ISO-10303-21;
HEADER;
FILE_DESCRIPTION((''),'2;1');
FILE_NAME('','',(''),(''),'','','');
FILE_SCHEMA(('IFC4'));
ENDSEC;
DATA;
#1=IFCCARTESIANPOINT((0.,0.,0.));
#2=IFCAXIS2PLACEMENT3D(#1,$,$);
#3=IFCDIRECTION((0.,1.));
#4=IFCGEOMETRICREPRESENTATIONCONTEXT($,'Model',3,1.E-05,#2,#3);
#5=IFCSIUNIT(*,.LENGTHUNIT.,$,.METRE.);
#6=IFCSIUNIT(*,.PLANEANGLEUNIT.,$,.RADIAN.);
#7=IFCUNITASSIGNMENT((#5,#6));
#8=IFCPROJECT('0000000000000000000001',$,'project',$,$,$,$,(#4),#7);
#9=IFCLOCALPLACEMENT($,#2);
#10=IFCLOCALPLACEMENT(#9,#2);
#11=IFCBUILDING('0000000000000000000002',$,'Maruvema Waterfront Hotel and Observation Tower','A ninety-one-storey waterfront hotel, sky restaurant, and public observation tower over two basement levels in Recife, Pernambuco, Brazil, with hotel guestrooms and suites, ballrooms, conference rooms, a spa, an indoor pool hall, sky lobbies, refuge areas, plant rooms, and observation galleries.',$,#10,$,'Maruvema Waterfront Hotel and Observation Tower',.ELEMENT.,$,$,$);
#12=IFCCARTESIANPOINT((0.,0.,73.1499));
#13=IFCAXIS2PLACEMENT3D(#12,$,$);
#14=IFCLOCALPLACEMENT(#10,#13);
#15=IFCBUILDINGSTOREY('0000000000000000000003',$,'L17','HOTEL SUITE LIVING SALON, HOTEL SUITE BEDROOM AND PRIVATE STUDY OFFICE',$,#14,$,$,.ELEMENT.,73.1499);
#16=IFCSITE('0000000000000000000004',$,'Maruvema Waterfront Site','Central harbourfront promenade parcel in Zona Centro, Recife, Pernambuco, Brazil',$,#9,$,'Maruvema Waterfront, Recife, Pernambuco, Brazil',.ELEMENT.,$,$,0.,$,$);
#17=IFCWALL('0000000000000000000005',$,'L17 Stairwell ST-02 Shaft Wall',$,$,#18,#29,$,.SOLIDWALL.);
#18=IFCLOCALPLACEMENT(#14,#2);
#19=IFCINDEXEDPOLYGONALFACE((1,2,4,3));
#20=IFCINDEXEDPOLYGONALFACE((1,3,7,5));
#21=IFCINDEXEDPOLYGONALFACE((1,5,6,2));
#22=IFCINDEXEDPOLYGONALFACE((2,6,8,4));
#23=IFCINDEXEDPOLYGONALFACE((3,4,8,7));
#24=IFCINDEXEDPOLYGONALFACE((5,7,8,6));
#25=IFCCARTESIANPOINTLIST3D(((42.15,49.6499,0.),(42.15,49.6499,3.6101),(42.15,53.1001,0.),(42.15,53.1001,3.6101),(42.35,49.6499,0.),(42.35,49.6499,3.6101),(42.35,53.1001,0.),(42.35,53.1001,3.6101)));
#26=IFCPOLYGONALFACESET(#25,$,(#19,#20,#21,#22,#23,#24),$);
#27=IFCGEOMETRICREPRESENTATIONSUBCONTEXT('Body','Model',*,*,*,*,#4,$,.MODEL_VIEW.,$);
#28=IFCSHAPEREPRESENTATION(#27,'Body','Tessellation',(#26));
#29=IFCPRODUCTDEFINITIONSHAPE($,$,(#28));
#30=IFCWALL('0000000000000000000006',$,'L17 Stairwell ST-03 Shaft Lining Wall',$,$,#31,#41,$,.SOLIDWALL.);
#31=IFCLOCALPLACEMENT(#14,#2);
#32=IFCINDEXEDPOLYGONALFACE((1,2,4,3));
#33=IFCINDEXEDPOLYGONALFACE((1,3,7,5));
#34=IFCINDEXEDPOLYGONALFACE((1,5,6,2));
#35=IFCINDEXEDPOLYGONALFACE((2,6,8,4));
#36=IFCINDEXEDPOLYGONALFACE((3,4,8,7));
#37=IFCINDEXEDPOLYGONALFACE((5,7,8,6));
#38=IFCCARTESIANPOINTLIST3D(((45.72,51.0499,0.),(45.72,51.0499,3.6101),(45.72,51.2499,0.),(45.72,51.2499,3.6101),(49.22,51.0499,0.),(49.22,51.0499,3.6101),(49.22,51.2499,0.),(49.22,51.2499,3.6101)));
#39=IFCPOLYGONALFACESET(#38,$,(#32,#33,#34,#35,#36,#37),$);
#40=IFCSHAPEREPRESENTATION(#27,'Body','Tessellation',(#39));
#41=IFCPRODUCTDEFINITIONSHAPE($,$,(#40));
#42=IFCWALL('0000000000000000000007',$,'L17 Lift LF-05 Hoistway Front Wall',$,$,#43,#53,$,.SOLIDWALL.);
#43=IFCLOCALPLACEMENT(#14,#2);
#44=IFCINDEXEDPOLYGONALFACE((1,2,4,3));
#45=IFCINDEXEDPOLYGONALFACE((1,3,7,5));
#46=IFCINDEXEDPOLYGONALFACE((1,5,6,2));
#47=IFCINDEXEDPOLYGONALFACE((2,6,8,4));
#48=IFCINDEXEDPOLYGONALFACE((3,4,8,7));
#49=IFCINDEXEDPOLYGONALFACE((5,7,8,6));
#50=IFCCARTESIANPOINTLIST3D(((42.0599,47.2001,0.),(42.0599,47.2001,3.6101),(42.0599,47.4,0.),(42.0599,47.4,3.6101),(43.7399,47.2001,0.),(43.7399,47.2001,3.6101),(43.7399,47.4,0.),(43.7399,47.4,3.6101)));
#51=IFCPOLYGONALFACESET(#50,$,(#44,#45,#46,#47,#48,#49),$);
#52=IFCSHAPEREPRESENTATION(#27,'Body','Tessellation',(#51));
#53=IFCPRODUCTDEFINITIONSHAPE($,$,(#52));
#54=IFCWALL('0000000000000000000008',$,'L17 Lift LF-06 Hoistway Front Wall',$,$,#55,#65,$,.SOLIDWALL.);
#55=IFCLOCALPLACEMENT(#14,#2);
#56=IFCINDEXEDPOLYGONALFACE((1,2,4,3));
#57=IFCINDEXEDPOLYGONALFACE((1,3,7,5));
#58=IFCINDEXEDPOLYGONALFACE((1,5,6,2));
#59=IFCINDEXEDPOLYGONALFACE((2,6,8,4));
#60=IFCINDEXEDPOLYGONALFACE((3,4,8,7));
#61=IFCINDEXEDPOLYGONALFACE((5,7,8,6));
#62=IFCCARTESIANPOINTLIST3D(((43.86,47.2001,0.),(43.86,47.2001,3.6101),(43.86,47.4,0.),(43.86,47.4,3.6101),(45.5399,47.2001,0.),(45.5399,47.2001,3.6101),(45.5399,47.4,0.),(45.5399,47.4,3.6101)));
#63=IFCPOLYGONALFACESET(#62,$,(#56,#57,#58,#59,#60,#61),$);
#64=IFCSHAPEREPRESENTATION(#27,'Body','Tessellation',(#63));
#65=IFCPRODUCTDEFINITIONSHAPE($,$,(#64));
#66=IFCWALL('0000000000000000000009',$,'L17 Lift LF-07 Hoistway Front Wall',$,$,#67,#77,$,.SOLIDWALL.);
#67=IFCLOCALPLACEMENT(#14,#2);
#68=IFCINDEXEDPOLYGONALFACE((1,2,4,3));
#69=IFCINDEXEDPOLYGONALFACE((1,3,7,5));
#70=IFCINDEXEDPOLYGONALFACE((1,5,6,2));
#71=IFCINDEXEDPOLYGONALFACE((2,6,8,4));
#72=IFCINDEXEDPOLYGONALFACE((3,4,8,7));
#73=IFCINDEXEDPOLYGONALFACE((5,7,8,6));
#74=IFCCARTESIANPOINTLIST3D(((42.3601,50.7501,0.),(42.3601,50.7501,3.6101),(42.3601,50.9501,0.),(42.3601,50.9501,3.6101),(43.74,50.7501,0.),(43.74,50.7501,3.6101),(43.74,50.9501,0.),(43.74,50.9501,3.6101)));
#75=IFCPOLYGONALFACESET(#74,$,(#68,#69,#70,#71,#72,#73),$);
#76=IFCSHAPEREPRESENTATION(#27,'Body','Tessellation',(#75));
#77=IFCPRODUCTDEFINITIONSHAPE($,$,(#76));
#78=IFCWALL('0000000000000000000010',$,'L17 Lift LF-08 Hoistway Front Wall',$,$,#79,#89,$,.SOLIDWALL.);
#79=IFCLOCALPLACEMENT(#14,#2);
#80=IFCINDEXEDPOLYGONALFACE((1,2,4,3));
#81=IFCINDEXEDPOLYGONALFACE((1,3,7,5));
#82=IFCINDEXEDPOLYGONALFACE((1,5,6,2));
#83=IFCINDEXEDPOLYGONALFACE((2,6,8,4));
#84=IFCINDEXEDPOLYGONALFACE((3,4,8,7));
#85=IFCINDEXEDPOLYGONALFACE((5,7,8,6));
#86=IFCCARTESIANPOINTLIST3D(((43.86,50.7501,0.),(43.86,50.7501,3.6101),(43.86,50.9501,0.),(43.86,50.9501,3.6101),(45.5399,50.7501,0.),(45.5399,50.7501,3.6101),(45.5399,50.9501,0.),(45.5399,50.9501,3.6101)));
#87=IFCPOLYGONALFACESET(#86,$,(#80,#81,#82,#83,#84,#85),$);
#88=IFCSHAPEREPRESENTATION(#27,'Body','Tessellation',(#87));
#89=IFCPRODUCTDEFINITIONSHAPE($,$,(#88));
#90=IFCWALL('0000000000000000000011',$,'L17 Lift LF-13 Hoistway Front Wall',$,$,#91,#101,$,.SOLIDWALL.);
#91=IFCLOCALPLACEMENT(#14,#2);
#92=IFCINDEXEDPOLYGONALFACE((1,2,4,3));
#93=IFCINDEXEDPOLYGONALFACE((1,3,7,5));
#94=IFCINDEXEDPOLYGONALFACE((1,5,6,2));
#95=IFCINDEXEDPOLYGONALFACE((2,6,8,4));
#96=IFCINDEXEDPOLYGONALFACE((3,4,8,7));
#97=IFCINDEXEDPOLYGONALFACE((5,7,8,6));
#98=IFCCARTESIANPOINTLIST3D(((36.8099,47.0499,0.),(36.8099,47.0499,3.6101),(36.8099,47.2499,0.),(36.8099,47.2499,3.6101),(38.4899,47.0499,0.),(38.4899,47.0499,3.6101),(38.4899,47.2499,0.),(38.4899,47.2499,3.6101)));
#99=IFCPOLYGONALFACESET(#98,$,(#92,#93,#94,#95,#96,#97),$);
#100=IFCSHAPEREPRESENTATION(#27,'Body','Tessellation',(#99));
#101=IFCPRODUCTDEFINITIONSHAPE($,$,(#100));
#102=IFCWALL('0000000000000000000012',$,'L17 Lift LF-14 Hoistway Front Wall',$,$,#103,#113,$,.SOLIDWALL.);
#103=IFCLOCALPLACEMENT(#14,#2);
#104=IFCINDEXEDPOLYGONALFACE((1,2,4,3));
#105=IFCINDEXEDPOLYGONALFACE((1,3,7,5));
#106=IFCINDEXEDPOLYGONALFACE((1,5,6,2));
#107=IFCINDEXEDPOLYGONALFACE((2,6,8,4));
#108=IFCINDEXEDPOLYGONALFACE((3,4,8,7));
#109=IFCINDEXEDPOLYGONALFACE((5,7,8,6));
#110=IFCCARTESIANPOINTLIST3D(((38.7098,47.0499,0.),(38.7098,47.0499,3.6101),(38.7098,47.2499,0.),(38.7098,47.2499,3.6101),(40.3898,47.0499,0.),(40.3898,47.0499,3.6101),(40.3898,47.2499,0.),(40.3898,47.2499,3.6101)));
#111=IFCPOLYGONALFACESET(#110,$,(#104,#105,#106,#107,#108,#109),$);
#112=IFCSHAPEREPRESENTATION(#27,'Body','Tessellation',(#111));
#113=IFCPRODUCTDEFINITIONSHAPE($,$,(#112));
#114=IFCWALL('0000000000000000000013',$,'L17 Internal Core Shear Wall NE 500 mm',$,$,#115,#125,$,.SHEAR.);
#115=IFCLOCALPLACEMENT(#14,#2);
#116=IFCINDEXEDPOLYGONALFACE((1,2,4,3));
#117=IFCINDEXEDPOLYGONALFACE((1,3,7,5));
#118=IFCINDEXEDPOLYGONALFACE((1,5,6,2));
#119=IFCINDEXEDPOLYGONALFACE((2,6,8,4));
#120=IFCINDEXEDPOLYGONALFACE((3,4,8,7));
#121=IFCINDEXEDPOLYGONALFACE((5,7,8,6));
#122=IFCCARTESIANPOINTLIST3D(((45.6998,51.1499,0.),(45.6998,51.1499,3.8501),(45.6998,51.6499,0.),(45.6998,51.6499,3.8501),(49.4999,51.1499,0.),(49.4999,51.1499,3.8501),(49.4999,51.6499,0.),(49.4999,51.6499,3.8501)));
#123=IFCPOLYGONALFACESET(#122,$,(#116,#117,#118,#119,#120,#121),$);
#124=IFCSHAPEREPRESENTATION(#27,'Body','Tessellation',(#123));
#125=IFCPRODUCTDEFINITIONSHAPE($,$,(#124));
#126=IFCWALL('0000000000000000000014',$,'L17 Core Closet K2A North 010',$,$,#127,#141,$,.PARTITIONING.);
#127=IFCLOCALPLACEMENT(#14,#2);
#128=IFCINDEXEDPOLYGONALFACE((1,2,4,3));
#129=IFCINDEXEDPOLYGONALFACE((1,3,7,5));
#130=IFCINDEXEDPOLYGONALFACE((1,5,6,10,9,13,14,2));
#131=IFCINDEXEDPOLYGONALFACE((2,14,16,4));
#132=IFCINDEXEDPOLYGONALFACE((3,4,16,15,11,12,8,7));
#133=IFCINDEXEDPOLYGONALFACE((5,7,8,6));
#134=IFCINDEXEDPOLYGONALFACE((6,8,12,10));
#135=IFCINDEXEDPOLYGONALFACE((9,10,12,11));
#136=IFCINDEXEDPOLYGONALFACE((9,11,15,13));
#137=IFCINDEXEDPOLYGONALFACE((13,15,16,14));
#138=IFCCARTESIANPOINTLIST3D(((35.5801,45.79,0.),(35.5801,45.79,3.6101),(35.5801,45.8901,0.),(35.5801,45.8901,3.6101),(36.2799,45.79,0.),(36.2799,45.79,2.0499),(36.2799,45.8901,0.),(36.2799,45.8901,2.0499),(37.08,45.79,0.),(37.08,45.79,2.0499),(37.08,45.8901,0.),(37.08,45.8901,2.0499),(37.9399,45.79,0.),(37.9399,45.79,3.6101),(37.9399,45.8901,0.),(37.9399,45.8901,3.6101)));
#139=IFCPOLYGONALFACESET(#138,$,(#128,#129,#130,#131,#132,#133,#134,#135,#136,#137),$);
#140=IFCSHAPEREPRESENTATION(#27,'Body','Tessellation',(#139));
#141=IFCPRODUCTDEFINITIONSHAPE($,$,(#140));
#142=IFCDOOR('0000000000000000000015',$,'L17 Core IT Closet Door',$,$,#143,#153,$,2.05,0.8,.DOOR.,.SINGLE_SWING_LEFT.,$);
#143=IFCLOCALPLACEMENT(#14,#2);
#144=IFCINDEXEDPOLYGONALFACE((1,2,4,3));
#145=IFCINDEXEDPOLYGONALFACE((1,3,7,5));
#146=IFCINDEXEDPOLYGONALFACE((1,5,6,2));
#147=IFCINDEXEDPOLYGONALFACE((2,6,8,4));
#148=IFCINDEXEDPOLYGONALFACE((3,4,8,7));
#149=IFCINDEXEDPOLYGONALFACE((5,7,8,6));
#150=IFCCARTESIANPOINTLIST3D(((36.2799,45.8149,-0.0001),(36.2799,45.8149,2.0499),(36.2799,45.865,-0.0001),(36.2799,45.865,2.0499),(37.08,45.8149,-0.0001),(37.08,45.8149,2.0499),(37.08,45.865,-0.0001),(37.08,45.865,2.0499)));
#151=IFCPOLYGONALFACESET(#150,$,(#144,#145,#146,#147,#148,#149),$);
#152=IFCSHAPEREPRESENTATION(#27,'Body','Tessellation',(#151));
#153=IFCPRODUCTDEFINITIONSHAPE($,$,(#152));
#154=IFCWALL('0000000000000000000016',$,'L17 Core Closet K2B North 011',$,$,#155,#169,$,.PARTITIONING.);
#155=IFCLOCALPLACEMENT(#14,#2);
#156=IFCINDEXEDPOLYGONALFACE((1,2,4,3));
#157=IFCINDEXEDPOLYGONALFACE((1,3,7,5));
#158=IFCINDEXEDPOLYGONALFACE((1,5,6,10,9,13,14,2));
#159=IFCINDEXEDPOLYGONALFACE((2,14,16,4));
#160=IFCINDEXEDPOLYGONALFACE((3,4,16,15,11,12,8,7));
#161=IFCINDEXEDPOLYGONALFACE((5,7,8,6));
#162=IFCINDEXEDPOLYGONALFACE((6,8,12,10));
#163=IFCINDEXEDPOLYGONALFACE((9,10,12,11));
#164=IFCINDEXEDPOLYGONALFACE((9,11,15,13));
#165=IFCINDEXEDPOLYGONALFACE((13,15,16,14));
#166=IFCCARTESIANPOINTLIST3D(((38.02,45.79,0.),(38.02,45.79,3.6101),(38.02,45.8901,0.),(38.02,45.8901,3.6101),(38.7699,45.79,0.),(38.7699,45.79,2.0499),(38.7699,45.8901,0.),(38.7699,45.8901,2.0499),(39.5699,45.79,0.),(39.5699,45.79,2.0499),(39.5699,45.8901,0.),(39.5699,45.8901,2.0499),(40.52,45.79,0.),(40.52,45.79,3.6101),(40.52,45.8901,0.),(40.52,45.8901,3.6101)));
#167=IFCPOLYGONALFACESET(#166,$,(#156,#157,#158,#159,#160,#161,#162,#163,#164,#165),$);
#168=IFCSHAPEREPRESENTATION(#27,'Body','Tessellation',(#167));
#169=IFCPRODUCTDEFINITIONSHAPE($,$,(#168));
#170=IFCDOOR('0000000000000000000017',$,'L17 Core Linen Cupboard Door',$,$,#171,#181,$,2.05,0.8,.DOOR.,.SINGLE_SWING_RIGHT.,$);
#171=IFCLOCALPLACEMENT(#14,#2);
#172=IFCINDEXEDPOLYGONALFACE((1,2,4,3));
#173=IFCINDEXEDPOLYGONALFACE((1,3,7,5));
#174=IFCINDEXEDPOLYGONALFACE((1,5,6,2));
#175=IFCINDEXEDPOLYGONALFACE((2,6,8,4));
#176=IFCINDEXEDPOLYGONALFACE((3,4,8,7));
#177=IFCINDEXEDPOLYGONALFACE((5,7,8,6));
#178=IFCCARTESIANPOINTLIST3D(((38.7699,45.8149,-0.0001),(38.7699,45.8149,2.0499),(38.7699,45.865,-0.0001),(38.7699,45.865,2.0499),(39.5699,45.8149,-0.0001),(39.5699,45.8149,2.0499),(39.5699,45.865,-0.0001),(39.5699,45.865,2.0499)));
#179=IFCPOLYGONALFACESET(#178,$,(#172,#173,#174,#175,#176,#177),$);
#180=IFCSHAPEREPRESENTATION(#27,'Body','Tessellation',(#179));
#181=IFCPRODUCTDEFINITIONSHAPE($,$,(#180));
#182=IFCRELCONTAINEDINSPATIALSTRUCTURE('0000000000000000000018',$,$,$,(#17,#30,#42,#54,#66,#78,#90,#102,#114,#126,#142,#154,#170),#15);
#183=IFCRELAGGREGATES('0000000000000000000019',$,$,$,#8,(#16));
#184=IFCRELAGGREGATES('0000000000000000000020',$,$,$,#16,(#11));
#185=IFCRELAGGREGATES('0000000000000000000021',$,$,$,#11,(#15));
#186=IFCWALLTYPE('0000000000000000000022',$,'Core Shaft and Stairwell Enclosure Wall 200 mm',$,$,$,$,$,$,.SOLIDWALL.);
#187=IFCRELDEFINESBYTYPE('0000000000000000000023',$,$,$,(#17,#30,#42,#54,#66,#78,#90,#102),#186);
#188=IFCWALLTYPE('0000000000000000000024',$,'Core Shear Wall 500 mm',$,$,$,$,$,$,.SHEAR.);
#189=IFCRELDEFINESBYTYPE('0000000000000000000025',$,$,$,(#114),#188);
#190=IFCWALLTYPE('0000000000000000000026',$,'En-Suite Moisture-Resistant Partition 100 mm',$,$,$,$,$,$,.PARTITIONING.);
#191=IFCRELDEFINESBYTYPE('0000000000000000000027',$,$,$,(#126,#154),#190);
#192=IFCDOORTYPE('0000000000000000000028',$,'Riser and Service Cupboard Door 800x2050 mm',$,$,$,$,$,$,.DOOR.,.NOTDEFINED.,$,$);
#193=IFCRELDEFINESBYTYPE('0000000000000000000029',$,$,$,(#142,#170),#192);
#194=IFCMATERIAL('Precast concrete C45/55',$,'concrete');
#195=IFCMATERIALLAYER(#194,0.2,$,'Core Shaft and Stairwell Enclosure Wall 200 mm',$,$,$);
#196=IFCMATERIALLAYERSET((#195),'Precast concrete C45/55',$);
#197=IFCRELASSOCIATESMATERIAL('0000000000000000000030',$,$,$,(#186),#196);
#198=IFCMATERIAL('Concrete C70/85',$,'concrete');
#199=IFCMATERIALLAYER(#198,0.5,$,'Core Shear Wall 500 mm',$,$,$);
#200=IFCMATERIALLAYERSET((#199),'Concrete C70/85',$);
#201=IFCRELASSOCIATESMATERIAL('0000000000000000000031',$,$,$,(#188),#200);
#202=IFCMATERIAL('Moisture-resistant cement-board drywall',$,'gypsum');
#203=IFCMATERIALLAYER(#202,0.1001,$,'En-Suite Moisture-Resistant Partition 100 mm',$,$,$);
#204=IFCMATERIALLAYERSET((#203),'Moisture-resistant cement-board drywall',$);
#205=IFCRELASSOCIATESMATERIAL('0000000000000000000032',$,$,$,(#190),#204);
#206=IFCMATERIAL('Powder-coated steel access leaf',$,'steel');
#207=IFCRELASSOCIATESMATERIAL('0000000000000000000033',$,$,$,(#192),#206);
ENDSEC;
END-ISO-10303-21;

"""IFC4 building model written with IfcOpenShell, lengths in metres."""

from ifc_helpers import new_model, si_unit, direction, frame, frame_2d, origin, place, context, subcontext, project, spatial, rectangle, extrude, material, layer, layer_set, type_object, element, fill, save


model = new_model("IFC4")

# Units and contexts
model_context = context("Model", 3, precision=1e-05, world=origin(), true_north=direction((0.0, 1.0)))
body_context = subcontext(model_context, "Body", "Model", "MODEL_VIEW")
ifc_project = project(units=[si_unit("LENGTHUNIT", "METRE"), si_unit("PLANEANGLEUNIT", "RADIAN")], contexts=[model_context])

# Site, building, storey
site_placement = place(None, origin())
site = spatial("IfcSite", under=ifc_project, at=site_placement, Name="Maruvema Waterfront Site", Description="Central harbourfront promenade parcel in Zona Centro, Recife, Pernambuco, Brazil", LongName="Maruvema Waterfront, Recife, Pernambuco, Brazil", CompositionType="ELEMENT", RefElevation=0.0)
building_placement = place(site_placement, origin())
building = spatial("IfcBuilding", under=site, at=building_placement, Name="Maruvema Waterfront Hotel and Observation Tower", Description="A ninety-one-storey waterfront hotel, sky restaurant, and public observation tower over two basement levels in Recife, Pernambuco, Brazil, with hotel guestrooms and suites, ballrooms, conference rooms, a spa, an indoor pool hall, sky lobbies, refuge areas, plant rooms, and observation galleries.", LongName="Maruvema Waterfront Hotel and Observation Tower", CompositionType="ELEMENT")
storey_placement = place(building_placement, frame((0.0, 0.0, 73.1499)))
storey = spatial("IfcBuildingStorey", under=building, at=storey_placement, Name="L17", Description="HOTEL SUITE LIVING SALON, HOTEL SUITE BEDROOM AND PRIVATE STUDY OFFICE", CompositionType="ELEMENT", Elevation=73.1499)

# Walls
ifc_material_1 = material(Name="Precast concrete C45/55", Category="concrete")
ifc_layer_1 = layer(ifc_material_1, 0.2, Name="Core Shaft and Stairwell Enclosure Wall 200 mm")
ifc_layer_set_1 = layer_set([ifc_layer_1], Name="Precast concrete C45/55")
wall_type_1 = type_object("IfcWallType", Name="Core Shaft and Stairwell Enclosure Wall 200 mm", PredefinedType="SOLIDWALL", material=ifc_layer_set_1)
wall_1_placement = place(storey_placement, frame((42.25, 49.6499, 0.0), z_axis=(0.0, 0.0, 1.0), x_axis=(0.0, 1.0, 0.0)))
element("IfcWall", 1, at=wall_1_placement, inside=storey, type_object=wall_type_1, Name="L17 Stairwell ST-02 Shaft Wall", PredefinedType="SOLIDWALL", context=body_context, shape_type="SweptSolid", body=[
    extrude(rectangle(XDim=3.4502, YDim=0.2, at=frame_2d((1.7251, 0.0))), origin(), (0.0, 0.0, 1.0), 3.6101),
])
wall_2_placement = place(storey_placement, frame((45.72, 51.1499, 0.0), z_axis=(0.0, 0.0, 1.0), x_axis=(1.0, 0.0, 0.0)))
element("IfcWall", 2, at=wall_2_placement, inside=storey, type_object=wall_type_1, Name="L17 Stairwell ST-03 Shaft Lining Wall", PredefinedType="SOLIDWALL", context=body_context, shape_type="SweptSolid", body=[
    extrude(rectangle(XDim=3.5, YDim=0.2, at=frame_2d((1.75, 0.0))), origin(), (0.0, 0.0, 1.0), 3.6101),
])
for number, where, z_axis, x_axis, name in (
    (3, (42.0601, 47.3, 0.0), (0.0, 0.0, 1.0), (1.0, 0.0, 0.0), "L17 Lift LF-05 Hoistway Front Wall"),
    (4, (43.8601, 47.3, 0.0), (0.0, 0.0, 1.0), (1.0, 0.0, 0.0), "L17 Lift LF-06 Hoistway Front Wall"),
):
    element("IfcWall", number, at=place(storey_placement, frame(where, z_axis=z_axis, x_axis=x_axis)), inside=storey, type_object=wall_type_1, Name=name, PredefinedType="SOLIDWALL", context=body_context, shape_type="SweptSolid", body=[
        extrude(rectangle(XDim=1.6799, YDim=0.2, at=frame_2d((0.8398, 0.0))), origin(), (0.0, 0.0, 1.0), 3.6101),
    ])
wall_3_placement = place(storey_placement, frame((42.3601, 50.8501, 0.0), z_axis=(0.0, 0.0, 1.0), x_axis=(1.0, 0.0, 0.0)))
element("IfcWall", 5, at=wall_3_placement, inside=storey, type_object=wall_type_1, Name="L17 Lift LF-07 Hoistway Front Wall", PredefinedType="SOLIDWALL", context=body_context, shape_type="SweptSolid", body=[
    extrude(rectangle(XDim=1.3799, YDim=0.2, at=frame_2d((0.6899, 0.0))), origin(), (0.0, 0.0, 1.0), 3.6101),
])
for number, where, z_axis, x_axis, name in (
    (6, (43.8601, 50.8501, 0.0), (0.0, 0.0, 1.0), (1.0, 0.0, 0.0), "L17 Lift LF-08 Hoistway Front Wall"),
    (7, (36.8101, 47.1499, 0.0), (0.0, 0.0, 1.0), (1.0, 0.0, 0.0), "L17 Lift LF-13 Hoistway Front Wall"),
    (8, (38.71, 47.1499, 0.0), (0.0, 0.0, 1.0), (1.0, 0.0, 0.0), "L17 Lift LF-14 Hoistway Front Wall"),
):
    element("IfcWall", number, at=place(storey_placement, frame(where, z_axis=z_axis, x_axis=x_axis)), inside=storey, type_object=wall_type_1, Name=name, PredefinedType="SOLIDWALL", context=body_context, shape_type="SweptSolid", body=[
        extrude(rectangle(XDim=1.6799, YDim=0.2, at=frame_2d((0.8398, 0.0))), origin(), (0.0, 0.0, 1.0), 3.6101),
    ])
ifc_material_2 = material(Name="Concrete C70/85", Category="concrete")
ifc_layer_2 = layer(ifc_material_2, 0.5, Name="Core Shear Wall 500 mm")
ifc_layer_set_2 = layer_set([ifc_layer_2], Name="Concrete C70/85")
wall_type_2 = type_object("IfcWallType", Name="Core Shear Wall 500 mm", PredefinedType="SHEAR", material=ifc_layer_set_2)
wall_4_placement = place(storey_placement, frame((45.7, 51.3999, 0.0), z_axis=(0.0, 0.0, 1.0), x_axis=(1.0, 0.0, 0.0)))
element("IfcWall", 9, at=wall_4_placement, inside=storey, type_object=wall_type_2, Name="L17 Internal Core Shear Wall NE 500 mm", PredefinedType="SHEAR", context=body_context, shape_type="SweptSolid", body=[
    extrude(rectangle(XDim=3.8, YDim=0.5, at=frame_2d((1.8999, 0.0))), origin(), (0.0, 0.0, 1.0), 3.8501),
])

# Walls, openings, doors
ifc_material_3 = material(Name="Moisture-resistant cement-board drywall", Category="gypsum")
ifc_layer_3 = layer(ifc_material_3, 0.1001, Name="En-Suite Moisture-Resistant Partition 100 mm")
ifc_layer_set_3 = layer_set([ifc_layer_3], Name="Moisture-resistant cement-board drywall")
wall_type_3 = type_object("IfcWallType", Name="En-Suite Moisture-Resistant Partition 100 mm", PredefinedType="PARTITIONING", material=ifc_layer_set_3)
wall_5_placement = place(storey_placement, frame((35.5801, 45.8401, 0.0), z_axis=(0.0, 0.0, 1.0), x_axis=(1.0, 0.0, 0.0)))
wall_5 = element("IfcWall", 10, at=wall_5_placement, inside=storey, type_object=wall_type_3, Name="L17 Core Closet K2A North 010", PredefinedType="PARTITIONING", context=body_context, shape_type="SweptSolid", body=[
    extrude(rectangle(XDim=2.3599, YDim=0.1001, at=frame_2d((1.1799, 0.0))), origin(), (0.0, 0.0, 1.0), 3.6101),
])
opening_1_placement = place(wall_5_placement, frame((0.7, 0.0, 0.0)))
opening_1 = element("IfcOpeningElement", 11, at=opening_1_placement, cuts=wall_5, PredefinedType="OPENING", context=body_context, shape_type="SweptSolid", body=[
    extrude(rectangle(XDim=0.8, YDim=2.05, at=frame_2d((0.3999, 1.0249))), frame((0.0, 0.0601, 0.0), z_axis=(0.0, -1.0, 0.0), x_axis=(1.0, 0.0, 0.0)), (0.0, 0.0, 1.0), 0.1201),
])
ifc_material_4 = material(Name="Powder-coated steel access leaf", Category="steel")
door_type = type_object("IfcDoorType", Name="Riser and Service Cupboard Door 800x2050 mm", OperationType="NOTDEFINED", PredefinedType="DOOR", material=ifc_material_4)
door_1_placement = place(opening_1_placement, origin())
door_1 = element("IfcDoor", 12, at=door_1_placement, inside=storey, type_object=door_type, Name="L17 Core IT Closet Door", OperationType="SINGLE_SWING_LEFT", OverallHeight=2.05, OverallWidth=0.8, PredefinedType="DOOR", context=body_context, shape_type="SweptSolid", body=[
    extrude(rectangle(XDim=0.8, YDim=2.05, at=frame_2d((0.3999, 1.0249))), frame((0.0, 0.0249, 0.0), z_axis=(0.0, -1.0, 0.0), x_axis=(1.0, 0.0, 0.0)), (0.0, 0.0, 1.0), 0.05),
])
fill(opening_1, door_1)
wall_6_placement = place(storey_placement, frame((38.02, 45.8401, 0.0), z_axis=(0.0, 0.0, 1.0), x_axis=(1.0, 0.0, 0.0)))
wall_6 = element("IfcWall", 13, at=wall_6_placement, inside=storey, type_object=wall_type_3, Name="L17 Core Closet K2B North 011", PredefinedType="PARTITIONING", context=body_context, shape_type="SweptSolid", body=[
    extrude(rectangle(XDim=2.5, YDim=0.1001, at=frame_2d((1.25, 0.0))), origin(), (0.0, 0.0, 1.0), 3.6101),
])
opening_2_placement = place(wall_6_placement, frame((0.75, 0.0, 0.0)))
opening_2 = element("IfcOpeningElement", 14, at=opening_2_placement, cuts=wall_6, PredefinedType="OPENING", context=body_context, shape_type="SweptSolid", body=[
    extrude(rectangle(XDim=0.8, YDim=2.05, at=frame_2d((0.3999, 1.0249))), frame((0.0, 0.0601, 0.0), z_axis=(0.0, -1.0, 0.0), x_axis=(1.0, 0.0, 0.0)), (0.0, 0.0, 1.0), 0.1201),
])
door_2_placement = place(opening_2_placement, origin())
door_2 = element("IfcDoor", 15, at=door_2_placement, inside=storey, type_object=door_type, Name="L17 Core Linen Cupboard Door", OperationType="SINGLE_SWING_RIGHT", OverallHeight=2.05, OverallWidth=0.8, PredefinedType="DOOR", context=body_context, shape_type="SweptSolid", body=[
    extrude(rectangle(XDim=0.8, YDim=2.05, at=frame_2d((0.3999, 1.0249))), frame((0.0, 0.0249, 0.0), z_axis=(0.0, -1.0, 0.0), x_axis=(1.0, 0.0, 0.0)), (0.0, 0.0, 1.0), 0.05),
])
fill(opening_2, door_2)

save(model, "model.ifc")
